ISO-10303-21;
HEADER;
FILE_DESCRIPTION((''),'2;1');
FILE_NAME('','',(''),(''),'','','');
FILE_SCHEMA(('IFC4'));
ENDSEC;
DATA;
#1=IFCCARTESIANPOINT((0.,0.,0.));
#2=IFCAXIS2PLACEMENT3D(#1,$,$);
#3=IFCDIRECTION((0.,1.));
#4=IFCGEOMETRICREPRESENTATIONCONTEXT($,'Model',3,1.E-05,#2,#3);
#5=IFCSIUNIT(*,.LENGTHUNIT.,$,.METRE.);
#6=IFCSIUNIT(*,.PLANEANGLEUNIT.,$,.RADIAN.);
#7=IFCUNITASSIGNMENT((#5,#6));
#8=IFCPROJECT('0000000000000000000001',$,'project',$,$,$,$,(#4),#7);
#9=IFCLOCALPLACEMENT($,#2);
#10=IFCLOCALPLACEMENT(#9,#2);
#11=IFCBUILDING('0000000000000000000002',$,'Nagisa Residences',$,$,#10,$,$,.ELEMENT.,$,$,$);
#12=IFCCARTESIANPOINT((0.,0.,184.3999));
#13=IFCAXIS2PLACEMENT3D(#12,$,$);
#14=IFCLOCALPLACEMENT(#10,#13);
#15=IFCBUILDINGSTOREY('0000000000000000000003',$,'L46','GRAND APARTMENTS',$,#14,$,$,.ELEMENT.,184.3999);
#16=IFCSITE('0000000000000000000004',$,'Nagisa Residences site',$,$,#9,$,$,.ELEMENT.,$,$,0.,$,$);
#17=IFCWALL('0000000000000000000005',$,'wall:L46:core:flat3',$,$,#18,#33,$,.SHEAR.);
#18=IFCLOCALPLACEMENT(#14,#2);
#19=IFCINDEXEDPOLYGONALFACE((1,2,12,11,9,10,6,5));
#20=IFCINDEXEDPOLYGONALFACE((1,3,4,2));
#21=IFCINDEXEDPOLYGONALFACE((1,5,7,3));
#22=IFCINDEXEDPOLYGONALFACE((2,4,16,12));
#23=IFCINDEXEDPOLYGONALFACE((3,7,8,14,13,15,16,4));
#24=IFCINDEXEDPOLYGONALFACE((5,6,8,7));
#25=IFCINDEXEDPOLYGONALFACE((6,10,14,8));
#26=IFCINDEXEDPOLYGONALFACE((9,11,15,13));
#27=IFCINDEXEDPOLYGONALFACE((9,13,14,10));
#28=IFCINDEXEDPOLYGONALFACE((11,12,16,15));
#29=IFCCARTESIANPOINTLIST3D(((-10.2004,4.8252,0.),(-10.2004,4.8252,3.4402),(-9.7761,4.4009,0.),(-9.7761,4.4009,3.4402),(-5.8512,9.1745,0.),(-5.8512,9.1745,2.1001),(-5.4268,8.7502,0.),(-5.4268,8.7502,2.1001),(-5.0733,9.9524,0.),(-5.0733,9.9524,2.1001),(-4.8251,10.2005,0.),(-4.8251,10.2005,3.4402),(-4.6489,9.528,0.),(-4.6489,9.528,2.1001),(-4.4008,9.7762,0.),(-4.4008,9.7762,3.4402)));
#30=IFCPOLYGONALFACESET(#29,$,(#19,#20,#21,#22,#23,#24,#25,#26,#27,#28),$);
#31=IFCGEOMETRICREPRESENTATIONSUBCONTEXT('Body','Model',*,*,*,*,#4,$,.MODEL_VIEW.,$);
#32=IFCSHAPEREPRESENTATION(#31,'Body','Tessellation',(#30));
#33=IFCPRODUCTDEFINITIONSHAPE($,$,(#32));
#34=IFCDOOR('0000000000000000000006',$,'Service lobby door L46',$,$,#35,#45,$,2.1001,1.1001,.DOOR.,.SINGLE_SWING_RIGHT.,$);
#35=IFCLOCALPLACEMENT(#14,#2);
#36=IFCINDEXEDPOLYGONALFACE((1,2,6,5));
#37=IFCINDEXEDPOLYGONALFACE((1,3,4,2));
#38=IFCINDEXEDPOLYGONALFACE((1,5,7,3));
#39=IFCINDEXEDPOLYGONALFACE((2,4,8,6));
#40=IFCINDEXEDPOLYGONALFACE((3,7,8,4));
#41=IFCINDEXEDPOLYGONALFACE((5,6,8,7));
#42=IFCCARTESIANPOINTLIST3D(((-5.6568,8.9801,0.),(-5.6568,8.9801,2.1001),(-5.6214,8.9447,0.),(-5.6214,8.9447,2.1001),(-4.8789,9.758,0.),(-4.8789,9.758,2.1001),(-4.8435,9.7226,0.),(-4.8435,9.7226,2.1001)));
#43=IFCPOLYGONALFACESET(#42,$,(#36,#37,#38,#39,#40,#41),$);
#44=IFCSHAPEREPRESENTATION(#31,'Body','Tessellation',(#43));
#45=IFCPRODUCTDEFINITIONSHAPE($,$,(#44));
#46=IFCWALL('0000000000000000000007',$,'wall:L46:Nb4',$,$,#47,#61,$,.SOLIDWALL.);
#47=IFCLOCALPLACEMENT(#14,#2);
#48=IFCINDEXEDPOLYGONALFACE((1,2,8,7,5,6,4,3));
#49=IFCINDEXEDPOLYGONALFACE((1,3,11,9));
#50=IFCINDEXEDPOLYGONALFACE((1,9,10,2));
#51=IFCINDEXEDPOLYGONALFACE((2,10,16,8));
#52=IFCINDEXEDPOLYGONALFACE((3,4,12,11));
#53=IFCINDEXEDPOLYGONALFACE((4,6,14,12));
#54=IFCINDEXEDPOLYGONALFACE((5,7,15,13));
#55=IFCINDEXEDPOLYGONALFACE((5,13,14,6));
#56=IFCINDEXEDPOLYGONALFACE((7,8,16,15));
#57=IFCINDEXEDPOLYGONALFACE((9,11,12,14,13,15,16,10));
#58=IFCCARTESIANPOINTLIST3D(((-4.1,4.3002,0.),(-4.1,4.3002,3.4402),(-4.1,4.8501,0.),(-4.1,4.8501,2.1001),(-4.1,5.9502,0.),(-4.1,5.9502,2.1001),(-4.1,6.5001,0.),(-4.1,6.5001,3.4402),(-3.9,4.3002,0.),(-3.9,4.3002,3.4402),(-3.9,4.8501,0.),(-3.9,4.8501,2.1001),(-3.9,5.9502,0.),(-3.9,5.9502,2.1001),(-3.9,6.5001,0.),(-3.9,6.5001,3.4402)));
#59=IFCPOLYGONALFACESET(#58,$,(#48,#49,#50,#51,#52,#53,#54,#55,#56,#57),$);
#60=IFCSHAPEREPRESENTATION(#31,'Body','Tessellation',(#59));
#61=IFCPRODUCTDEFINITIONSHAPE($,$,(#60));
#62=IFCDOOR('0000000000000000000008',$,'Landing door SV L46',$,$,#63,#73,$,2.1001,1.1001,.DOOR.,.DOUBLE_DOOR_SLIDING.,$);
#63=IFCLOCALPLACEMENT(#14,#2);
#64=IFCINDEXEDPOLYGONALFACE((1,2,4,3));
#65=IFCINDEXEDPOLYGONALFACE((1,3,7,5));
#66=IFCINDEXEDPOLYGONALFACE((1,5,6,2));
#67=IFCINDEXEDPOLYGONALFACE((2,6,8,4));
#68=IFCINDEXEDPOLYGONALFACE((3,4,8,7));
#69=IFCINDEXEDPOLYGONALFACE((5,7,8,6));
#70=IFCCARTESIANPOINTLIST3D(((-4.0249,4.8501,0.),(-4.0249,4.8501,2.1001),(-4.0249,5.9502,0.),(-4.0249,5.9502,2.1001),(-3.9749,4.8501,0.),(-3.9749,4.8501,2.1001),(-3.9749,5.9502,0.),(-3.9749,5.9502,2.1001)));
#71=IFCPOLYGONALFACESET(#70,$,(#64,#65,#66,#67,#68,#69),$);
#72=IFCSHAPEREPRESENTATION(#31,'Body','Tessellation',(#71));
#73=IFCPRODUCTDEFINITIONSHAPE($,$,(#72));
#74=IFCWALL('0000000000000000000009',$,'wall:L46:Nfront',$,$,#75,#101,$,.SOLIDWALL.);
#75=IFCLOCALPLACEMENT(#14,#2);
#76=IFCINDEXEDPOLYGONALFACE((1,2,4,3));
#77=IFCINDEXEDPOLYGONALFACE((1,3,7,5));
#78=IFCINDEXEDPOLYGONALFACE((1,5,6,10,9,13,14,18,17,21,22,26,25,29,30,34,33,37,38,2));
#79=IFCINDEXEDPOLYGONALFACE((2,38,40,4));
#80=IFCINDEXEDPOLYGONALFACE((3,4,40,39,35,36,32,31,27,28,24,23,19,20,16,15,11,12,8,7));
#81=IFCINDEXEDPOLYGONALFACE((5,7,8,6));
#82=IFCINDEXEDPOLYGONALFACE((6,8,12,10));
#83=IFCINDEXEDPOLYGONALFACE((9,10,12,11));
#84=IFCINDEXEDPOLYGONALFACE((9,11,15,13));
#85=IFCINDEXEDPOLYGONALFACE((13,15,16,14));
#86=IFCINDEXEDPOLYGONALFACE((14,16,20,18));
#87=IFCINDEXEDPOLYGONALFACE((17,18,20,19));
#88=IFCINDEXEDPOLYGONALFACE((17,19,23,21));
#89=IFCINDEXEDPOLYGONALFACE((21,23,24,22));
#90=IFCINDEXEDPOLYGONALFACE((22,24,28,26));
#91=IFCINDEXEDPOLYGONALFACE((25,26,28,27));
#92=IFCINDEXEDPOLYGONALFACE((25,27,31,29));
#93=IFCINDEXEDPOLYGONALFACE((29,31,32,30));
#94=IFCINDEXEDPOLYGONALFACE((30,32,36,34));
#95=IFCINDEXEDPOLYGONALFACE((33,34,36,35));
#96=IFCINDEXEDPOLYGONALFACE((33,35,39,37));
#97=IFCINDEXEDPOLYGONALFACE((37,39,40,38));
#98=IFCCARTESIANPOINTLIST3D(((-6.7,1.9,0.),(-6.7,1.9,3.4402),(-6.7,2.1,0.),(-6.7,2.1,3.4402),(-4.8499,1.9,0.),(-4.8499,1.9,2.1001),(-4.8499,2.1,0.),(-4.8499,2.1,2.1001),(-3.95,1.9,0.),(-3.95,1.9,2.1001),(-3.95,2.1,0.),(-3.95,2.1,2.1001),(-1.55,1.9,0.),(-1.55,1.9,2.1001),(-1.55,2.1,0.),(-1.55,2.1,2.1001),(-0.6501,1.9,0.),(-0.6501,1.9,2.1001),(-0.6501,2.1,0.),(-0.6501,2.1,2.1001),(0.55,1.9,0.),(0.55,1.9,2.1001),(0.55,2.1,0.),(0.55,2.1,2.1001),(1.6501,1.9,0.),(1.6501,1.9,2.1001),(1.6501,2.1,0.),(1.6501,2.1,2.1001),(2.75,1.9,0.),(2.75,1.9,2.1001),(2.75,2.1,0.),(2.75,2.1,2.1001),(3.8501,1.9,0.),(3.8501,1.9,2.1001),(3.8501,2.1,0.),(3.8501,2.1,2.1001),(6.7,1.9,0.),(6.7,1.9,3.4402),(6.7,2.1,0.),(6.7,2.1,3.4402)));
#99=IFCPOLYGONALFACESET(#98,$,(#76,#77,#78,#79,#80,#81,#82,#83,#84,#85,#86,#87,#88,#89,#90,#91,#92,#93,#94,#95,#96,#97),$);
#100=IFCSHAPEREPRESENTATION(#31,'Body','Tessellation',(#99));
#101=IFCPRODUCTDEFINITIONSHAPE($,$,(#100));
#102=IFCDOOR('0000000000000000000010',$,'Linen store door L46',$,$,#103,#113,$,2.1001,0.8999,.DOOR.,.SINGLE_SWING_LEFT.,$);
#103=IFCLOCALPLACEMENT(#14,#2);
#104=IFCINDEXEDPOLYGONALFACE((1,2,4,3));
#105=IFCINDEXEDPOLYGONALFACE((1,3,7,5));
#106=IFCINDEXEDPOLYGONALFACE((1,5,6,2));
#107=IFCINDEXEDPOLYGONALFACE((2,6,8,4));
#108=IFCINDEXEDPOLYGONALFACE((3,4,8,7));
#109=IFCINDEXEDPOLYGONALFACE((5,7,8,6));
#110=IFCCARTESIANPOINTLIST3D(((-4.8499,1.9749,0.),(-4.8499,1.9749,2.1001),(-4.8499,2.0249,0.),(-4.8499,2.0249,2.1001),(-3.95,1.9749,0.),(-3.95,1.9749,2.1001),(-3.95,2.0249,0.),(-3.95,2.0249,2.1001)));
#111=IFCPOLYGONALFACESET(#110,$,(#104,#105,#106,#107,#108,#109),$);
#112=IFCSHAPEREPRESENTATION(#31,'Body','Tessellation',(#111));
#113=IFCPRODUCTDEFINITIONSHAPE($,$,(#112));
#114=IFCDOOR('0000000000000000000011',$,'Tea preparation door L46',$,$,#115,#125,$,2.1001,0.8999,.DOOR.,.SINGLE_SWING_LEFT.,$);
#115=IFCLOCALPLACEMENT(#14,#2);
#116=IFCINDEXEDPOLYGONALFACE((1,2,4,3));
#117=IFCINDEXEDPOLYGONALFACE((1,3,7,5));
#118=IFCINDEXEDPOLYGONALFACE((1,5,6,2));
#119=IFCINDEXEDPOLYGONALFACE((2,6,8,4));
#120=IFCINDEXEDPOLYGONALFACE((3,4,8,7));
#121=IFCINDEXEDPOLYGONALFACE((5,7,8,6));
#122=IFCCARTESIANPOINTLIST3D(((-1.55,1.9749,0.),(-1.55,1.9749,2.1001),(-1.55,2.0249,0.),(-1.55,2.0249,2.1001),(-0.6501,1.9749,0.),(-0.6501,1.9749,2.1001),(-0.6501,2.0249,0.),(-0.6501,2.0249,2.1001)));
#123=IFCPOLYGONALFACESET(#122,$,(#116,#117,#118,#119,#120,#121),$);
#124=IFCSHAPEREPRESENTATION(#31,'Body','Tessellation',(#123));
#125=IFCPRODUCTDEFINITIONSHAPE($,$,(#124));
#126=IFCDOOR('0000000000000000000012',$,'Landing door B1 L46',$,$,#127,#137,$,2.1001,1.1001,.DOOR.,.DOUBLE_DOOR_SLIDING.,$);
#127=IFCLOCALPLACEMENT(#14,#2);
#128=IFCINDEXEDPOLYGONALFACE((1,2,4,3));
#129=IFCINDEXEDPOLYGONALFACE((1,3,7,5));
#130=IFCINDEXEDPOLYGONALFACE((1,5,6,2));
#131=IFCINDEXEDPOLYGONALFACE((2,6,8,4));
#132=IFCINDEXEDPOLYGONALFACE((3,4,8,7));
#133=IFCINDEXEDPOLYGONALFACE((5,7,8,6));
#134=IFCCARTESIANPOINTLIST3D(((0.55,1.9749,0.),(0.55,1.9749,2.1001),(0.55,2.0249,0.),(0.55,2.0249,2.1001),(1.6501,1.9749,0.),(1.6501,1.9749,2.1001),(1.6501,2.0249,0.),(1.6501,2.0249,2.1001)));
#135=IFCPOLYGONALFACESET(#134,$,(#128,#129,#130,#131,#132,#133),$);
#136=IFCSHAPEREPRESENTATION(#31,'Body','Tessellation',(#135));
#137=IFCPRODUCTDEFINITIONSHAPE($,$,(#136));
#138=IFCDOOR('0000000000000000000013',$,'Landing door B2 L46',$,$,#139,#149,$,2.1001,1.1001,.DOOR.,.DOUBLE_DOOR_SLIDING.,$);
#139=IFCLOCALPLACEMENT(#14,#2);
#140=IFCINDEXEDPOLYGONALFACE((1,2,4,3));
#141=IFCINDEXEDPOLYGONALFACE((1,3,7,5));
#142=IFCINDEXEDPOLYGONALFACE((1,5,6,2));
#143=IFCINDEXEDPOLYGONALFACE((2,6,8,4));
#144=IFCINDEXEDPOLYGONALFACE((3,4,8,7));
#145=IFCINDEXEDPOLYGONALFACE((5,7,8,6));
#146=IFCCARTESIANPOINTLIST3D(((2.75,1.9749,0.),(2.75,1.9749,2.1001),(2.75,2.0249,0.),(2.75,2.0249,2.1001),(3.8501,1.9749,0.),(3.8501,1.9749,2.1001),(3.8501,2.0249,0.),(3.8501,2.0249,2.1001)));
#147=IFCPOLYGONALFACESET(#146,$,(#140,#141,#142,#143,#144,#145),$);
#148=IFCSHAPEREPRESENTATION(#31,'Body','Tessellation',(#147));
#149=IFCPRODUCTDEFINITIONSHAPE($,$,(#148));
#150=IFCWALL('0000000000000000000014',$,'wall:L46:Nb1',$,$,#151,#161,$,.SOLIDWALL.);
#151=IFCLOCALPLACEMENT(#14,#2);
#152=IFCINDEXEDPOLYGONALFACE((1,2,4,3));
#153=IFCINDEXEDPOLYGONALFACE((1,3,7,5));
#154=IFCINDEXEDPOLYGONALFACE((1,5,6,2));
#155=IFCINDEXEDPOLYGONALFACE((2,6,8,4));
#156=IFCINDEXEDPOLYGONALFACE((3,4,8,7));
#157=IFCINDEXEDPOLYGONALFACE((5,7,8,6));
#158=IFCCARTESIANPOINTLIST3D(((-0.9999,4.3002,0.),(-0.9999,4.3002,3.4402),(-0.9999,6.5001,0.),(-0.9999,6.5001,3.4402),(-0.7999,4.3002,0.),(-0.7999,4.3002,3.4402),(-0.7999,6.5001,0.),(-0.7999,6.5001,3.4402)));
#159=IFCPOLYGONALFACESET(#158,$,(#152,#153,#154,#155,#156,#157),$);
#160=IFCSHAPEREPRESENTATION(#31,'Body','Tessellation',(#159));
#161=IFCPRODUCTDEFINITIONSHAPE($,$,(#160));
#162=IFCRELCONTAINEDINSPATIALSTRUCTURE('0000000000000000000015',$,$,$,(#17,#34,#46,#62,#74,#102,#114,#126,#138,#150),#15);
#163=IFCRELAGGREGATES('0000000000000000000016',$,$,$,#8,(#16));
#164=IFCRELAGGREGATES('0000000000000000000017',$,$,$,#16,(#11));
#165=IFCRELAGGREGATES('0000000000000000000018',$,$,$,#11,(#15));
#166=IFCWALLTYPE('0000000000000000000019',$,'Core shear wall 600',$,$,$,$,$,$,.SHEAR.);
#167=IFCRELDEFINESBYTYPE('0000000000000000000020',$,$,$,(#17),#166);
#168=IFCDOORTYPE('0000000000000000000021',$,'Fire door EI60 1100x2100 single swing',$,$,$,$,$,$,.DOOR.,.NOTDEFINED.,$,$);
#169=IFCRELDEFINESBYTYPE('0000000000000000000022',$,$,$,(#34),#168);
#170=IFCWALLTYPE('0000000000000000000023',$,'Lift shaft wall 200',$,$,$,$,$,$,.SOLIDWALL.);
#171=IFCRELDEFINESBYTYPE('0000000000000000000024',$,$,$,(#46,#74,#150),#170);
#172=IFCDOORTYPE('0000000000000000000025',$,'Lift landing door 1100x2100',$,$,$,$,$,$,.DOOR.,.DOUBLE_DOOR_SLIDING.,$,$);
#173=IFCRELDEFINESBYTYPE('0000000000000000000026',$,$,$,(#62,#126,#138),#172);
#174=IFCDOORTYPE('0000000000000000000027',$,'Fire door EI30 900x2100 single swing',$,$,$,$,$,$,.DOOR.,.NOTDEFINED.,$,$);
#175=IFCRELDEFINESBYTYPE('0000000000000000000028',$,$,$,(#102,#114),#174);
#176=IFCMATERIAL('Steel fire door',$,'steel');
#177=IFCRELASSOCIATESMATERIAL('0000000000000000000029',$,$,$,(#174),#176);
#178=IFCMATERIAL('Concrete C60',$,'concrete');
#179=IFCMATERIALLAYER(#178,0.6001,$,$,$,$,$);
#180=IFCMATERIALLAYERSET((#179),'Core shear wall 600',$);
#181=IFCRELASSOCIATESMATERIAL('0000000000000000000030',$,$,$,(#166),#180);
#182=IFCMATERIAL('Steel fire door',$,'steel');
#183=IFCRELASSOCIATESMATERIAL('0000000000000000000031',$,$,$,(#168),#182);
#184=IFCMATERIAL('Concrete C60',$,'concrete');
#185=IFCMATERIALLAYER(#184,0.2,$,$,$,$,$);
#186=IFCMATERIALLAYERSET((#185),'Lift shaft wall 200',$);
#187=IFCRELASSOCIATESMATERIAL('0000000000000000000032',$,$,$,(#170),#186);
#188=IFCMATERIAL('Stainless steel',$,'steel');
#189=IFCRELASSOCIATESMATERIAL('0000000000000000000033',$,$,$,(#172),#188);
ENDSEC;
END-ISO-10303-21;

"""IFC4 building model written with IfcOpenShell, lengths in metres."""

from ifc_helpers import new_model, si_unit, direction, frame, frame_2d, origin, place, context, subcontext, project, spatial, rectangle, extrude, material, layer, layer_set, type_object, element, fill, save


model = new_model("IFC4")

# Units and contexts
model_context = context("Model", 3, precision=1e-05, world=origin(), true_north=direction((0.0, 1.0)))
body_context = subcontext(model_context, "Body", "Model", "MODEL_VIEW")
ifc_project = project(units=[si_unit("LENGTHUNIT", "METRE"), si_unit("PLANEANGLEUNIT", "RADIAN")], contexts=[model_context])

# Site, building, storey
site_placement = place(None, origin())
site = spatial("IfcSite", under=ifc_project, at=site_placement, Name="Nagisa Residences site", CompositionType="ELEMENT", RefElevation=0.0)
building_placement = place(site_placement, origin())
building = spatial("IfcBuilding", under=site, at=building_placement, Name="Nagisa Residences", CompositionType="ELEMENT")
storey_placement = place(building_placement, frame((0.0, 0.0, 184.3999)))
storey = spatial("IfcBuildingStorey", under=building, at=storey_placement, Name="L46", Description="GRAND APARTMENTS", CompositionType="ELEMENT", Elevation=184.3999)

# Shared definitions
ifc_material_1 = material(Name="Steel fire door", Category="steel")
door_type_1 = type_object("IfcDoorType", Name="Fire door EI30 900x2100 single swing", OperationType="NOTDEFINED", PredefinedType="DOOR", material=ifc_material_1)

# Walls, openings, doors
ifc_material_2 = material(Name="Concrete C60", Category="concrete")
ifc_layer_1 = layer(ifc_material_2, 0.6001)
ifc_layer_set_1 = layer_set([ifc_layer_1], Name="Core shear wall 600")
wall_type_1 = type_object("IfcWallType", Name="Core shear wall 600", PredefinedType="SHEAR", material=ifc_layer_set_1)
wall_1_placement = place(storey_placement, frame((-4.613, 9.9883, 0.0), z_axis=(0.0, 0.0, 1.0), x_axis=(-0.707107, -0.707107, 0.0)))
wall_1 = element("IfcWall", 1, at=wall_1_placement, inside=storey, type_object=wall_type_1, Name="wall:L46:core:flat3", PredefinedType="SHEAR", context=body_context, shape_type="SweptSolid", body=[
    extrude(rectangle(XDim=7.6018, YDim=0.6001, at=frame_2d((3.8008, 0.0))), origin(), (0.0, 0.0, 1.0), 3.4402),
])
opening_1_placement = place(wall_1_placement, frame((0.3508, 0.0, 0.0)))
opening_1 = element("IfcOpeningElement", 2, at=opening_1_placement, cuts=wall_1, PredefinedType="OPENING", context=body_context, shape_type="SweptSolid", body=[
    extrude(rectangle(XDim=1.1001, YDim=2.1001, at=frame_2d((0.55, 1.05))), frame((0.0, 0.3101, 0.0), z_axis=(0.0, -1.0, 0.0), x_axis=(1.0, 0.0, 0.0)), (0.0, 0.0, 1.0), 0.6201),
])
ifc_material_3 = material(Name="Steel fire door", Category="steel")
door_type_2 = type_object("IfcDoorType", Name="Fire door EI60 1100x2100 single swing", OperationType="NOTDEFINED", PredefinedType="DOOR", material=ifc_material_3)
door_1_placement = place(opening_1_placement, origin())
door_1 = element("IfcDoor", 3, at=door_1_placement, inside=storey, type_object=door_type_2, Name="Service lobby door L46", OperationType="SINGLE_SWING_RIGHT", OverallHeight=2.1001, OverallWidth=1.1001, PredefinedType="DOOR", context=body_context, shape_type="SweptSolid", body=[
    extrude(rectangle(XDim=1.1001, YDim=2.1001, at=frame_2d((0.55, 1.05))), frame((0.0, 0.0249, 0.0), z_axis=(0.0, -1.0, 0.0), x_axis=(1.0, 0.0, 0.0)), (0.0, 0.0, 1.0), 0.05),
])
fill(opening_1, door_1)
ifc_material_4 = material(Name="Concrete C60", Category="concrete")
ifc_layer_2 = layer(ifc_material_4, 0.2)
ifc_layer_set_2 = layer_set([ifc_layer_2], Name="Lift shaft wall 200")
wall_type_2 = type_object("IfcWallType", Name="Lift shaft wall 200", PredefinedType="SOLIDWALL", material=ifc_layer_set_2)
wall_2_placement = place(storey_placement, frame((-4.0, 4.3, 0.0), z_axis=(0.0, 0.0, 1.0), x_axis=(0.0, 1.0, 0.0)))
wall_2 = element("IfcWall", 4, at=wall_2_placement, inside=storey, type_object=wall_type_2, Name="wall:L46:Nb4", PredefinedType="SOLIDWALL", context=body_context, shape_type="SweptSolid", body=[
    extrude(rectangle(XDim=2.2, YDim=0.2, at=frame_2d((1.1001, 0.0))), origin(), (0.0, 0.0, 1.0), 3.4402),
])
opening_2_placement = place(wall_2_placement, frame((0.55, 0.0, 0.0)))
opening_2 = element("IfcOpeningElement", 5, at=opening_2_placement, cuts=wall_2, PredefinedType="OPENING", context=body_context, shape_type="SweptSolid", body=[
    extrude(rectangle(XDim=1.1001, YDim=2.1001, at=frame_2d((0.55, 1.05))), frame((0.0, 0.1099, 0.0), z_axis=(0.0, -1.0, 0.0), x_axis=(1.0, 0.0, 0.0)), (0.0, 0.0, 1.0), 0.22),
])
ifc_material_5 = material(Name="Stainless steel", Category="steel")
door_type_3 = type_object("IfcDoorType", Name="Lift landing door 1100x2100", OperationType="DOUBLE_DOOR_SLIDING", PredefinedType="DOOR", material=ifc_material_5)
door_2_placement = place(opening_2_placement, origin())
door_2 = element("IfcDoor", 6, at=door_2_placement, inside=storey, type_object=door_type_3, Name="Landing door SV L46", OperationType="DOUBLE_DOOR_SLIDING", OverallHeight=2.1001, OverallWidth=1.1001, PredefinedType="DOOR", context=body_context, shape_type="SweptSolid", body=[
    extrude(rectangle(XDim=1.1001, YDim=2.1001, at=frame_2d((0.55, 1.05))), frame((0.0, 0.0249, 0.0), z_axis=(0.0, -1.0, 0.0), x_axis=(1.0, 0.0, 0.0)), (0.0, 0.0, 1.0), 0.05),
])
fill(opening_2, door_2)

# Wall, openings, doors
wall_3_placement = place(storey_placement, frame((-6.7, 2.0, 0.0), z_axis=(0.0, 0.0, 1.0), x_axis=(1.0, 0.0, 0.0)))
wall_3 = element("IfcWall", 7, at=wall_3_placement, inside=storey, type_object=wall_type_2, Name="wall:L46:Nfront", PredefinedType="SOLIDWALL", context=body_context, shape_type="SweptSolid", body=[
    extrude(rectangle(XDim=13.3999, YDim=0.2, at=frame_2d((6.7, 0.0))), origin(), (0.0, 0.0, 1.0), 3.4402),
])
opening_3_placement = place(wall_3_placement, frame((7.25, 0.0, 0.0)))
opening_3 = element("IfcOpeningElement", 8, at=opening_3_placement, cuts=wall_3, PredefinedType="OPENING", context=body_context, shape_type="SweptSolid", body=[
    extrude(rectangle(XDim=1.1001, YDim=2.1001, at=frame_2d((0.55, 1.05))), frame((0.0, 0.1099, 0.0), z_axis=(0.0, -1.0, 0.0), x_axis=(1.0, 0.0, 0.0)), (0.0, 0.0, 1.0), 0.22),
])
opening_4_placement = place(wall_3_placement, frame((9.45, 0.0, 0.0)))
opening_4 = element("IfcOpeningElement", 9, at=opening_4_placement, cuts=wall_3, PredefinedType="OPENING", context=body_context, shape_type="SweptSolid", body=[
    extrude(rectangle(XDim=1.1001, YDim=2.1001, at=frame_2d((0.55, 1.05))), frame((0.0, 0.1099, 0.0), z_axis=(0.0, -1.0, 0.0), x_axis=(1.0, 0.0, 0.0)), (0.0, 0.0, 1.0), 0.22),
])
opening_5_placement = place(wall_3_placement, frame((1.8501, 0.0, 0.0)))
opening_5 = element("IfcOpeningElement", 10, at=opening_5_placement, cuts=wall_3, PredefinedType="OPENING", context=body_context, shape_type="SweptSolid", body=[
    extrude(rectangle(XDim=0.8999, YDim=2.1001, at=frame_2d((0.45, 1.05))), frame((0.0, 0.1099, 0.0), z_axis=(0.0, -1.0, 0.0), x_axis=(1.0, 0.0, 0.0)), (0.0, 0.0, 1.0), 0.22),
])
opening_6_placement = place(wall_3_placement, frame((5.1499, 0.0, 0.0)))
opening_6 = element("IfcOpeningElement", 11, at=opening_6_placement, cuts=wall_3, PredefinedType="OPENING", context=body_context, shape_type="SweptSolid", body=[
    extrude(rectangle(XDim=0.8999, YDim=2.1001, at=frame_2d((0.45, 1.05))), frame((0.0, 0.1099, 0.0), z_axis=(0.0, -1.0, 0.0), x_axis=(1.0, 0.0, 0.0)), (0.0, 0.0, 1.0), 0.22),
])
door_3_placement = place(opening_5_placement, origin())
door_3 = element("IfcDoor", 12, at=door_3_placement, inside=storey, type_object=door_type_1, Name="Linen store door L46", OperationType="SINGLE_SWING_LEFT", OverallHeight=2.1001, OverallWidth=0.8999, PredefinedType="DOOR", context=body_context, shape_type="SweptSolid", body=[
    extrude(rectangle(XDim=0.8999, YDim=2.1001, at=frame_2d((0.45, 1.05))), frame((0.0, 0.0249, 0.0), z_axis=(0.0, -1.0, 0.0), x_axis=(1.0, 0.0, 0.0)), (0.0, 0.0, 1.0), 0.05),
])
fill(opening_5, door_3)
door_4_placement = place(opening_6_placement, origin())
door_4 = element("IfcDoor", 13, at=door_4_placement, inside=storey, type_object=door_type_1, Name="Tea preparation door L46", OperationType="SINGLE_SWING_LEFT", OverallHeight=2.1001, OverallWidth=0.8999, PredefinedType="DOOR", context=body_context, shape_type="SweptSolid", body=[
    extrude(rectangle(XDim=0.8999, YDim=2.1001, at=frame_2d((0.45, 1.05))), frame((0.0, 0.0249, 0.0), z_axis=(0.0, -1.0, 0.0), x_axis=(1.0, 0.0, 0.0)), (0.0, 0.0, 1.0), 0.05),
])
fill(opening_6, door_4)
door_5_placement = place(opening_3_placement, origin())
door_5 = element("IfcDoor", 14, at=door_5_placement, inside=storey, type_object=door_type_3, Name="Landing door B1 L46", OperationType="DOUBLE_DOOR_SLIDING", OverallHeight=2.1001, OverallWidth=1.1001, PredefinedType="DOOR", context=body_context, shape_type="SweptSolid", body=[
    extrude(rectangle(XDim=1.1001, YDim=2.1001, at=frame_2d((0.55, 1.05))), frame((0.0, 0.0249, 0.0), z_axis=(0.0, -1.0, 0.0), x_axis=(1.0, 0.0, 0.0)), (0.0, 0.0, 1.0), 0.05),
])
fill(opening_3, door_5)
door_6_placement = place(opening_4_placement, origin())
door_6 = element("IfcDoor", 15, at=door_6_placement, inside=storey, type_object=door_type_3, Name="Landing door B2 L46", OperationType="DOUBLE_DOOR_SLIDING", OverallHeight=2.1001, OverallWidth=1.1001, PredefinedType="DOOR", context=body_context, shape_type="SweptSolid", body=[
    extrude(rectangle(XDim=1.1001, YDim=2.1001, at=frame_2d((0.55, 1.05))), frame((0.0, 0.0249, 0.0), z_axis=(0.0, -1.0, 0.0), x_axis=(1.0, 0.0, 0.0)), (0.0, 0.0, 1.0), 0.05),
])
fill(opening_4, door_6)

# Wall
wall_4_placement = place(storey_placement, frame((-0.8999, 4.3, 0.0), z_axis=(0.0, 0.0, 1.0), x_axis=(0.0, 1.0, 0.0)))
element("IfcWall", 16, at=wall_4_placement, inside=storey, type_object=wall_type_2, Name="wall:L46:Nb1", PredefinedType="SOLIDWALL", context=body_context, shape_type="SweptSolid", body=[
    extrude(rectangle(XDim=2.2, YDim=0.2, at=frame_2d((1.1001, 0.0))), origin(), (0.0, 0.0, 1.0), 3.4402),
])

save(model, "model.ifc")
